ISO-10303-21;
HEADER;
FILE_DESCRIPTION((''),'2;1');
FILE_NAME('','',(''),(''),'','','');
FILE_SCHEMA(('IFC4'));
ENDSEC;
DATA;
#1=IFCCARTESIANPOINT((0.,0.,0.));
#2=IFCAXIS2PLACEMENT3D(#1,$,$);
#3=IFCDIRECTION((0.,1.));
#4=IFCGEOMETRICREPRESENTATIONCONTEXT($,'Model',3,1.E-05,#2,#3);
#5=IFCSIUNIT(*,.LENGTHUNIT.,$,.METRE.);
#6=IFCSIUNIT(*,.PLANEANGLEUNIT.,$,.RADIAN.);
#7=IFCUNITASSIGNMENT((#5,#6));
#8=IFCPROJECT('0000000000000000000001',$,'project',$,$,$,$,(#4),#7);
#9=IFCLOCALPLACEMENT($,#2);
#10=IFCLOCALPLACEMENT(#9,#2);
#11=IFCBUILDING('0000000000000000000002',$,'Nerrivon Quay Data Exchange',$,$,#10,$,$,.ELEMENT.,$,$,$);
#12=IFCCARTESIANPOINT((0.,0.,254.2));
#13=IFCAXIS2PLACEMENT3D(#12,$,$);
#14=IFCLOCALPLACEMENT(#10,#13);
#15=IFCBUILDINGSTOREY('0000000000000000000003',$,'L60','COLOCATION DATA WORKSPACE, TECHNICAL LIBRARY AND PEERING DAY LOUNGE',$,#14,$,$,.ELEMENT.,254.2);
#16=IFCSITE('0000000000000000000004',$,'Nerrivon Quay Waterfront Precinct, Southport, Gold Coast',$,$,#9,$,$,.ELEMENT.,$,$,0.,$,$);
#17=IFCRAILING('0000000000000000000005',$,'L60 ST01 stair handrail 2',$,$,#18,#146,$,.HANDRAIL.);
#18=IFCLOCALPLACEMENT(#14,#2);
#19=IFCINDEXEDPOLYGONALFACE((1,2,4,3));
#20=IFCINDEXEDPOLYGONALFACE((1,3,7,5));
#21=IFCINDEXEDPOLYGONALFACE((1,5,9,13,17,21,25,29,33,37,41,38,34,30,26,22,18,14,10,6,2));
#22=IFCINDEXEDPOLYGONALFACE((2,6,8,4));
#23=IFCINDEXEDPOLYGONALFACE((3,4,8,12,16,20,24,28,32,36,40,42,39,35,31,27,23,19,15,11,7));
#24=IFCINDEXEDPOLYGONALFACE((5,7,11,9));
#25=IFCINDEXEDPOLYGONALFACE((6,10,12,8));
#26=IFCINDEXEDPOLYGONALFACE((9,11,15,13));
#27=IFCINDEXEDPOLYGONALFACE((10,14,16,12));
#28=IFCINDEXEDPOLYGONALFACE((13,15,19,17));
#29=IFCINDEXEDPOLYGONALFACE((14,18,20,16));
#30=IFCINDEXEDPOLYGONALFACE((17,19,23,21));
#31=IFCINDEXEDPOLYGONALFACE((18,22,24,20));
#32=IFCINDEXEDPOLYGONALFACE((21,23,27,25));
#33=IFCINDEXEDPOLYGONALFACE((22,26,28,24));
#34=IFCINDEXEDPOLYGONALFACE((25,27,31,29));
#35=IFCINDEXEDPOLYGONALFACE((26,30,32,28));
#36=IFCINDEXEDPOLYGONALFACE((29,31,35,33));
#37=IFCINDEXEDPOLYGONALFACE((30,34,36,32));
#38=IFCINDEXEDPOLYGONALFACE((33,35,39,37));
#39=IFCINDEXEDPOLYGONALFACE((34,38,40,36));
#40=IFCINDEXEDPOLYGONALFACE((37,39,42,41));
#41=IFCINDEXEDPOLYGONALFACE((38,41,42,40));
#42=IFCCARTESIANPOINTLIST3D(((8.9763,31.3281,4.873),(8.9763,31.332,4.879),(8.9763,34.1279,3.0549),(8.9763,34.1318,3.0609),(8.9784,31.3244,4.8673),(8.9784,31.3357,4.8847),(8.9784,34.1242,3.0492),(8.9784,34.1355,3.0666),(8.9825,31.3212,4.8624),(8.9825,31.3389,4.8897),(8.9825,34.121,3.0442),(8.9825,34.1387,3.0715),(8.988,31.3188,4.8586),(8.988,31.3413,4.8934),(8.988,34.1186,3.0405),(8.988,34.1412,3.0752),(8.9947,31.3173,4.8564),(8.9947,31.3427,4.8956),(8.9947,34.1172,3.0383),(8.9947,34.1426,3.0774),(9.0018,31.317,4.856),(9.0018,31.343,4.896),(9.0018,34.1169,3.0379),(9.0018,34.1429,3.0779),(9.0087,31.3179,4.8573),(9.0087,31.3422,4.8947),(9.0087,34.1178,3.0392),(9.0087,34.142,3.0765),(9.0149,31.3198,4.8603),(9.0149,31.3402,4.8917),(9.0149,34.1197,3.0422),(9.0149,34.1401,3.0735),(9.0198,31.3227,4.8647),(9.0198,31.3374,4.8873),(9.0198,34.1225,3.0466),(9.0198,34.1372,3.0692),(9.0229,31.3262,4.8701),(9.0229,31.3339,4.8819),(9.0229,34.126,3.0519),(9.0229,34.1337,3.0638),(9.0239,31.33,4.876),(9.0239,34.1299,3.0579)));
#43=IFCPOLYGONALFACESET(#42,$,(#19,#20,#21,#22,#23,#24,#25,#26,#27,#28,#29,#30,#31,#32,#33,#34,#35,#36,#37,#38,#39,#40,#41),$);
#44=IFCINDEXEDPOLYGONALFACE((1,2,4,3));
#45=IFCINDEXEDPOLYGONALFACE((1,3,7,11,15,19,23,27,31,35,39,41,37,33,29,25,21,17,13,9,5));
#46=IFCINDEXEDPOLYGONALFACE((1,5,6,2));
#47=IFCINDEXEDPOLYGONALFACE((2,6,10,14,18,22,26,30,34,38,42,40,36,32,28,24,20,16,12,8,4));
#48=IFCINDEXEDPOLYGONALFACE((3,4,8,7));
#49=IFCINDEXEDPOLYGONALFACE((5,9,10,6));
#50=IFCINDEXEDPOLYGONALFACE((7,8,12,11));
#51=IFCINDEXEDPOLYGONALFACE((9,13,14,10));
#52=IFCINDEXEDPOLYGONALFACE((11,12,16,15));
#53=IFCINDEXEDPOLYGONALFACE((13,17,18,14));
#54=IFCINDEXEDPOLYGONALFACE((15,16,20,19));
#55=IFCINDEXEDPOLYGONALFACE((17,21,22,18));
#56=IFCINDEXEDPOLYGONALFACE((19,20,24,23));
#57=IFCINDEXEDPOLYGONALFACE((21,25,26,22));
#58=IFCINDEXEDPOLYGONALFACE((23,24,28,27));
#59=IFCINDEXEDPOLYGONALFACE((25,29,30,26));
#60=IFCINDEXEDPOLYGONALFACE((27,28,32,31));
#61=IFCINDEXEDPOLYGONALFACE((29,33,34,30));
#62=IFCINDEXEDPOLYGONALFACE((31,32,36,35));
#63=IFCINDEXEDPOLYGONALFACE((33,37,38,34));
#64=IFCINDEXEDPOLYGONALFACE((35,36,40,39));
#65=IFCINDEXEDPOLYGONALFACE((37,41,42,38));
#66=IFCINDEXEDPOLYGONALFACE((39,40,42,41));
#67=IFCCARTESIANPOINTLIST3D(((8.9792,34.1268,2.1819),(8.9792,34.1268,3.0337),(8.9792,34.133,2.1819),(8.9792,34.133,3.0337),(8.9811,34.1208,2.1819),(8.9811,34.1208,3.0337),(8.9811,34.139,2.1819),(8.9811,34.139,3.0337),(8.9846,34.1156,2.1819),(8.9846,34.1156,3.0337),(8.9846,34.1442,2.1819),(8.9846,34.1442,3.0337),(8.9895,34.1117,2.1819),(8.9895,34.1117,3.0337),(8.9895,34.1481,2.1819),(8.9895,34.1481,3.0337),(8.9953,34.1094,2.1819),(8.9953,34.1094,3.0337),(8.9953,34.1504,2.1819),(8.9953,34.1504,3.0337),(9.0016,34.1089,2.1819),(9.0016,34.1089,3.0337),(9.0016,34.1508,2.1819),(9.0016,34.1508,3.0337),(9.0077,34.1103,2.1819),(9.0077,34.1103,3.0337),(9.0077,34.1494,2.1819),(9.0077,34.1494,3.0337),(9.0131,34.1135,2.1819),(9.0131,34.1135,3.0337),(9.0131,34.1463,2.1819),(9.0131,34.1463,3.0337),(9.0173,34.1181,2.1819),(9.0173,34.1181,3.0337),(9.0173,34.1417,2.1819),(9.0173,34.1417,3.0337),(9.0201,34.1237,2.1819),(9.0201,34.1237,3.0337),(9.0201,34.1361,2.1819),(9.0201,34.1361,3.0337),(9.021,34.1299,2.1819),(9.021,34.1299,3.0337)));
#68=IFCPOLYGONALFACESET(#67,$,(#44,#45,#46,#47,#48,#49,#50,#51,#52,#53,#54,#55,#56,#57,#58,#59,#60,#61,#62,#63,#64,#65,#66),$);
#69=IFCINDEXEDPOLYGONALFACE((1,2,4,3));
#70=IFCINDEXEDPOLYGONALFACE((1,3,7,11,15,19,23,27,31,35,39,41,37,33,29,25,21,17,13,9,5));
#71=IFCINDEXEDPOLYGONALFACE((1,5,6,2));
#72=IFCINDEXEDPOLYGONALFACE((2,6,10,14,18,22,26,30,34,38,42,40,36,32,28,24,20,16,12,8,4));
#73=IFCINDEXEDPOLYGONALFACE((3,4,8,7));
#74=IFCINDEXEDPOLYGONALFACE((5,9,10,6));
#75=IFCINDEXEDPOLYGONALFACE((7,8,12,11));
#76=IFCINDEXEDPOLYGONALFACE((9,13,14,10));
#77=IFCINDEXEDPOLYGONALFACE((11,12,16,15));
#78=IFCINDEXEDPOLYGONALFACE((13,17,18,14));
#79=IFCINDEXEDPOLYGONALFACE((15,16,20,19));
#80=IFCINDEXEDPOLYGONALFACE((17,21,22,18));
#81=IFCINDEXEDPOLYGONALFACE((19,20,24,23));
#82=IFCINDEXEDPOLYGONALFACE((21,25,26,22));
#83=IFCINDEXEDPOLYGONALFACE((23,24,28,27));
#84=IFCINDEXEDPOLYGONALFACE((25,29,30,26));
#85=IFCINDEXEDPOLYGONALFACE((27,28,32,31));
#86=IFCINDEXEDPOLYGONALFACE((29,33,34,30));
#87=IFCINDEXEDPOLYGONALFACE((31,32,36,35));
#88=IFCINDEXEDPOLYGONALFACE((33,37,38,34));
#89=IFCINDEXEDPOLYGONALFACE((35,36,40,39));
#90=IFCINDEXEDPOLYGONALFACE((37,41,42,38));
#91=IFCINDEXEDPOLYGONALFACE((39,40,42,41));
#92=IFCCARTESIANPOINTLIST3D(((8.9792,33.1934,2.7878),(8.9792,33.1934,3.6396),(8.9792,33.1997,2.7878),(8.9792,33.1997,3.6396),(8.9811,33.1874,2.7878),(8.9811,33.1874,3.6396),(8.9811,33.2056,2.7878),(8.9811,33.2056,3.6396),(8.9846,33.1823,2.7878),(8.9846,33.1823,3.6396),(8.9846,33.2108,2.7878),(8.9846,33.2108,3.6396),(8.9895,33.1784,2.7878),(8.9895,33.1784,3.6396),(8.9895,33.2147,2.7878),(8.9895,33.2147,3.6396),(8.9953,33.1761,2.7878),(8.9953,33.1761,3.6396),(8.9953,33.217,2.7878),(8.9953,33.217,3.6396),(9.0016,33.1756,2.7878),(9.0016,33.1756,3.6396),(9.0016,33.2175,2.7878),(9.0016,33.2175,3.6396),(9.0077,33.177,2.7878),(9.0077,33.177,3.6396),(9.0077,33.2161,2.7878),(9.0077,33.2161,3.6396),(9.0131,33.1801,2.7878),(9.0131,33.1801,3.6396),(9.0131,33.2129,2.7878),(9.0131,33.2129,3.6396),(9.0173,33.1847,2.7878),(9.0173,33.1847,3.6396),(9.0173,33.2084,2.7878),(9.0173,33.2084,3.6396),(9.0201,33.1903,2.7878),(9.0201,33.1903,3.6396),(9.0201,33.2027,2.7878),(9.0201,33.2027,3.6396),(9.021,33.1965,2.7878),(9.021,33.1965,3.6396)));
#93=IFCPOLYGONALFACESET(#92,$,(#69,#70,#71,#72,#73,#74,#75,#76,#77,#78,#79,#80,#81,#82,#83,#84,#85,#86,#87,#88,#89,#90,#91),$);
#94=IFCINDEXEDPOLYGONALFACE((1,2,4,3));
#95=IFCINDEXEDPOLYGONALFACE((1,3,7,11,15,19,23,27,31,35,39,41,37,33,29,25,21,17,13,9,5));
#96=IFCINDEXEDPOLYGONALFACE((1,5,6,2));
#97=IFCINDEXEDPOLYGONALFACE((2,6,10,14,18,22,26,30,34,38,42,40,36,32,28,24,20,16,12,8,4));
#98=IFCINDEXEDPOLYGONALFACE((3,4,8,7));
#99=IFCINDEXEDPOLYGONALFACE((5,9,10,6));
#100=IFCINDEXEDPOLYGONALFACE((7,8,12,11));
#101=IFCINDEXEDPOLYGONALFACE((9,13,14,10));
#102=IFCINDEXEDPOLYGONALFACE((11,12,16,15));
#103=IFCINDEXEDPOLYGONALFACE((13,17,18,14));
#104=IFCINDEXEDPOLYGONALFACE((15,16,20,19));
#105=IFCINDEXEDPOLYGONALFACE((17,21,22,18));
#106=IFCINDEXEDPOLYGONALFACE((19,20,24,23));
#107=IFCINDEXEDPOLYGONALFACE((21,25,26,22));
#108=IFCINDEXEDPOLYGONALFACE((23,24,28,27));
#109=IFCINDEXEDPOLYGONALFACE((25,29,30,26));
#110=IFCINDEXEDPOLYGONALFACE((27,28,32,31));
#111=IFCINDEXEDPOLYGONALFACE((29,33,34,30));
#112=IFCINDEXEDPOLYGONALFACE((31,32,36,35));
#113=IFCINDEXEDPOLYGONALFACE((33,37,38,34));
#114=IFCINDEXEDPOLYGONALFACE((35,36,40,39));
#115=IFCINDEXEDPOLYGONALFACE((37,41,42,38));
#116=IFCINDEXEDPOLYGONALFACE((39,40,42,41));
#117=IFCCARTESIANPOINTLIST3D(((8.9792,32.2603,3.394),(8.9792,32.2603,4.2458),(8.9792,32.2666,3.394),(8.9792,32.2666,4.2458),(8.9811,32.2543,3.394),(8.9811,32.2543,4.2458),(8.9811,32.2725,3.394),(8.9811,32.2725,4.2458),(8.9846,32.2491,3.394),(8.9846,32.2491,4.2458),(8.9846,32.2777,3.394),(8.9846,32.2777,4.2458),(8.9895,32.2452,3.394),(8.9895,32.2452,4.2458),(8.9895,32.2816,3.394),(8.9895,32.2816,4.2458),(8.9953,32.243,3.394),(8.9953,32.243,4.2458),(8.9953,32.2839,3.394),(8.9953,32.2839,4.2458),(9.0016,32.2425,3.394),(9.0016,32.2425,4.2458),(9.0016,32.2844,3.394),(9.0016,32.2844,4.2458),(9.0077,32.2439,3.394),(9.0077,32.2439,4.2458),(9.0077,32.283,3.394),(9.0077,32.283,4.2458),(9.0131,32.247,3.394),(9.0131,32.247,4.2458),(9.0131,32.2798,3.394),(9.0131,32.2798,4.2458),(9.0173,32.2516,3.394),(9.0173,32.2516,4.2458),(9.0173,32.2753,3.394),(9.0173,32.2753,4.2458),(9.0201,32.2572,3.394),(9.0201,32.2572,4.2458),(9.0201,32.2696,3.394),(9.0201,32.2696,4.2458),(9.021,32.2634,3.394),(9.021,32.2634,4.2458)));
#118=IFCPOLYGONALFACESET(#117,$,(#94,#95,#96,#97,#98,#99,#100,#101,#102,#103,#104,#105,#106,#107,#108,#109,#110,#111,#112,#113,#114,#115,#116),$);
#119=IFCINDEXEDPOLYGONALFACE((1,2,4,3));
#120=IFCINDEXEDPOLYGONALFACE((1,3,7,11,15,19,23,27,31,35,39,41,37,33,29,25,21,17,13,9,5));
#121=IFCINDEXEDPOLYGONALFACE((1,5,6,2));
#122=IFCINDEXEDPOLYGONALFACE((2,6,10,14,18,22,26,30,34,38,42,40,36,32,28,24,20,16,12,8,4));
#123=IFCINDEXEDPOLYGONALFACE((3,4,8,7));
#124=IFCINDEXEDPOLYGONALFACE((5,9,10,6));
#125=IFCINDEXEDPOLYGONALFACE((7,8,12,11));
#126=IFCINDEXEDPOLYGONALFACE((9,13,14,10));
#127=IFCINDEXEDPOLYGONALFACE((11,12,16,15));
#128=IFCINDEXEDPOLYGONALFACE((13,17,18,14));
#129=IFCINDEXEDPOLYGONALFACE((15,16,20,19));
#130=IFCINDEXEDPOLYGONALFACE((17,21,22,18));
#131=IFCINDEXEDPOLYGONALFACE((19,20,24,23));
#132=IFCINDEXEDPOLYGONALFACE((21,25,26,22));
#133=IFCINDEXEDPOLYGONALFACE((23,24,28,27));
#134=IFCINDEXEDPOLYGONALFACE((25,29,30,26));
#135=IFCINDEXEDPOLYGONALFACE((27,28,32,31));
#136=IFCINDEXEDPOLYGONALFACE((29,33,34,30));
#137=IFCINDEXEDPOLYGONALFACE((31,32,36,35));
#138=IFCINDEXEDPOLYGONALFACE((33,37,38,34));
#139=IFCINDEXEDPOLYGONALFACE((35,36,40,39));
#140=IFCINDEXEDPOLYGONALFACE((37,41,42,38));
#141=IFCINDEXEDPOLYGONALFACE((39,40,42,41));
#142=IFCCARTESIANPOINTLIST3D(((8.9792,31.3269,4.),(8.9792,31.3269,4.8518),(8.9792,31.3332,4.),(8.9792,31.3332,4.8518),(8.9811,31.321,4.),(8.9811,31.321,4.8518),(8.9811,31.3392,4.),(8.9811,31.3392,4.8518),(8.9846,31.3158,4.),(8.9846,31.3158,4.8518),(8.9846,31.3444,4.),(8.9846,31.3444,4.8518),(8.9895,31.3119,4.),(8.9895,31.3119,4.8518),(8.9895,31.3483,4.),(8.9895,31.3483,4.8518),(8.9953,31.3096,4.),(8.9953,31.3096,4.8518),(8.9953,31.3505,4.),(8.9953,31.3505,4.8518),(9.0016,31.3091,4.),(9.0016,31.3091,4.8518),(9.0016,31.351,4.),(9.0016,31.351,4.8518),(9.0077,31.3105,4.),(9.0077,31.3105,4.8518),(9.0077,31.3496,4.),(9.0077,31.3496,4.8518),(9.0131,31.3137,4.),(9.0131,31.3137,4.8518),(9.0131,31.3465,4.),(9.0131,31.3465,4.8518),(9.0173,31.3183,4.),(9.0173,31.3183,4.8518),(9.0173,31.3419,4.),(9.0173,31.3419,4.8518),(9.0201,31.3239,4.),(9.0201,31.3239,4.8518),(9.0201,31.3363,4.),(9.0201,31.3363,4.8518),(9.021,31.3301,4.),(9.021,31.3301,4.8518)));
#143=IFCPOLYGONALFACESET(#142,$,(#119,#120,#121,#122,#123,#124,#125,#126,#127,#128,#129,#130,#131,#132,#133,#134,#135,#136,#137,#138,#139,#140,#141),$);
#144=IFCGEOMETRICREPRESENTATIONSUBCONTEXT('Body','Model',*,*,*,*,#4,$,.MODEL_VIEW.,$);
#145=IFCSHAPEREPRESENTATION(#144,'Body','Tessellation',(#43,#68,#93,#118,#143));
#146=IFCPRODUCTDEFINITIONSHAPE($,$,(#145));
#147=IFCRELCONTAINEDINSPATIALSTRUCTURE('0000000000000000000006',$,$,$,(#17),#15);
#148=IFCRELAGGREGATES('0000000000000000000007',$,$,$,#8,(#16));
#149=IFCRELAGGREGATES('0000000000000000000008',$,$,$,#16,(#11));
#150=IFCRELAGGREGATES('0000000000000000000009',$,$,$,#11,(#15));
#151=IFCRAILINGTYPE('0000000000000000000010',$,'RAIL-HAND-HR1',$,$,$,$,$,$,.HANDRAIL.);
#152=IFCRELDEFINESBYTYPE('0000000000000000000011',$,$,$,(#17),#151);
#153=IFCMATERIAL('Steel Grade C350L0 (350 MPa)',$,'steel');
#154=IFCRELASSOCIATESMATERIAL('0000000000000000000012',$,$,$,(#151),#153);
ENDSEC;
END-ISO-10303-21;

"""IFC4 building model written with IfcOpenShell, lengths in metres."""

from ifc_helpers import new_model, si_unit, direction, frame, origin, origin_2d, place, context, subcontext, project, spatial, circle, extrude, material, type_object, element, save


model = new_model("IFC4")

# Units and contexts
model_context = context("Model", 3, precision=1e-05, world=origin(), true_north=direction((0.0, 1.0)))
body_context = subcontext(model_context, "Body", "Model", "MODEL_VIEW")
ifc_project = project(units=[si_unit("LENGTHUNIT", "METRE"), si_unit("PLANEANGLEUNIT", "RADIAN")], contexts=[model_context])

# Site, building, storey
site_placement = place(None, origin())
site = spatial("IfcSite", under=ifc_project, at=site_placement, Name="Nerrivon Quay Waterfront Precinct, Southport, Gold Coast", CompositionType="ELEMENT", RefElevation=0.0)
building_placement = place(site_placement, origin())
building = spatial("IfcBuilding", under=site, at=building_placement, Name="Nerrivon Quay Data Exchange", CompositionType="ELEMENT")
storey_placement = place(building_placement, frame((0.0, 0.0, 254.2)))
storey = spatial("IfcBuildingStorey", under=building, at=storey_placement, Name="L60", Description="COLOCATION DATA WORKSPACE, TECHNICAL LIBRARY AND PEERING DAY LOUNGE", CompositionType="ELEMENT", Elevation=254.2)

# Shared definitions
ifc_material_1 = material(Name="Steel Grade C350L0 (350 MPa)", Category="steel")

# Railing
railing_type_1 = type_object("IfcRailingType", Name="RAIL-HAND-HR1", PredefinedType="HANDRAIL", material=ifc_material_1)
railing_1_placement = place(storey_placement, frame((9.0, 34.1299, 2.1819)))
element("IfcRailing", 1, at=railing_1_placement, inside=storey, type_object=railing_type_1, Name="L60 ST01 stair handrail 2", PredefinedType="HANDRAIL", context=body_context, shape_type="SweptSolid", body=[
    extrude(circle(Radius=0.0239, at=origin_2d()), frame((0.0, 0.0, 0.876), z_axis=(0.0, -0.838684, 0.544618), x_axis=(1.0, 0.0, 0.0)), (0.0, 0.0, 1.0), 3.3384),
    extrude(circle(Radius=0.021, at=origin_2d()), origin(), (0.0, 0.0, 1.0), 0.8518),
    extrude(circle(Radius=0.021, at=origin_2d()), frame((0.0, -0.9333, 0.606)), (0.0, 0.0, 1.0), 0.8518),
    extrude(circle(Radius=0.021, at=origin_2d()), frame((0.0, -1.8665, 1.2122)), (0.0, 0.0, 1.0), 0.8518),
    extrude(circle(Radius=0.021, at=origin_2d()), frame((0.0, -2.7998, 1.8181)), (0.0, 0.0, 1.0), 0.8518),
])

save(model, "model.ifc")
